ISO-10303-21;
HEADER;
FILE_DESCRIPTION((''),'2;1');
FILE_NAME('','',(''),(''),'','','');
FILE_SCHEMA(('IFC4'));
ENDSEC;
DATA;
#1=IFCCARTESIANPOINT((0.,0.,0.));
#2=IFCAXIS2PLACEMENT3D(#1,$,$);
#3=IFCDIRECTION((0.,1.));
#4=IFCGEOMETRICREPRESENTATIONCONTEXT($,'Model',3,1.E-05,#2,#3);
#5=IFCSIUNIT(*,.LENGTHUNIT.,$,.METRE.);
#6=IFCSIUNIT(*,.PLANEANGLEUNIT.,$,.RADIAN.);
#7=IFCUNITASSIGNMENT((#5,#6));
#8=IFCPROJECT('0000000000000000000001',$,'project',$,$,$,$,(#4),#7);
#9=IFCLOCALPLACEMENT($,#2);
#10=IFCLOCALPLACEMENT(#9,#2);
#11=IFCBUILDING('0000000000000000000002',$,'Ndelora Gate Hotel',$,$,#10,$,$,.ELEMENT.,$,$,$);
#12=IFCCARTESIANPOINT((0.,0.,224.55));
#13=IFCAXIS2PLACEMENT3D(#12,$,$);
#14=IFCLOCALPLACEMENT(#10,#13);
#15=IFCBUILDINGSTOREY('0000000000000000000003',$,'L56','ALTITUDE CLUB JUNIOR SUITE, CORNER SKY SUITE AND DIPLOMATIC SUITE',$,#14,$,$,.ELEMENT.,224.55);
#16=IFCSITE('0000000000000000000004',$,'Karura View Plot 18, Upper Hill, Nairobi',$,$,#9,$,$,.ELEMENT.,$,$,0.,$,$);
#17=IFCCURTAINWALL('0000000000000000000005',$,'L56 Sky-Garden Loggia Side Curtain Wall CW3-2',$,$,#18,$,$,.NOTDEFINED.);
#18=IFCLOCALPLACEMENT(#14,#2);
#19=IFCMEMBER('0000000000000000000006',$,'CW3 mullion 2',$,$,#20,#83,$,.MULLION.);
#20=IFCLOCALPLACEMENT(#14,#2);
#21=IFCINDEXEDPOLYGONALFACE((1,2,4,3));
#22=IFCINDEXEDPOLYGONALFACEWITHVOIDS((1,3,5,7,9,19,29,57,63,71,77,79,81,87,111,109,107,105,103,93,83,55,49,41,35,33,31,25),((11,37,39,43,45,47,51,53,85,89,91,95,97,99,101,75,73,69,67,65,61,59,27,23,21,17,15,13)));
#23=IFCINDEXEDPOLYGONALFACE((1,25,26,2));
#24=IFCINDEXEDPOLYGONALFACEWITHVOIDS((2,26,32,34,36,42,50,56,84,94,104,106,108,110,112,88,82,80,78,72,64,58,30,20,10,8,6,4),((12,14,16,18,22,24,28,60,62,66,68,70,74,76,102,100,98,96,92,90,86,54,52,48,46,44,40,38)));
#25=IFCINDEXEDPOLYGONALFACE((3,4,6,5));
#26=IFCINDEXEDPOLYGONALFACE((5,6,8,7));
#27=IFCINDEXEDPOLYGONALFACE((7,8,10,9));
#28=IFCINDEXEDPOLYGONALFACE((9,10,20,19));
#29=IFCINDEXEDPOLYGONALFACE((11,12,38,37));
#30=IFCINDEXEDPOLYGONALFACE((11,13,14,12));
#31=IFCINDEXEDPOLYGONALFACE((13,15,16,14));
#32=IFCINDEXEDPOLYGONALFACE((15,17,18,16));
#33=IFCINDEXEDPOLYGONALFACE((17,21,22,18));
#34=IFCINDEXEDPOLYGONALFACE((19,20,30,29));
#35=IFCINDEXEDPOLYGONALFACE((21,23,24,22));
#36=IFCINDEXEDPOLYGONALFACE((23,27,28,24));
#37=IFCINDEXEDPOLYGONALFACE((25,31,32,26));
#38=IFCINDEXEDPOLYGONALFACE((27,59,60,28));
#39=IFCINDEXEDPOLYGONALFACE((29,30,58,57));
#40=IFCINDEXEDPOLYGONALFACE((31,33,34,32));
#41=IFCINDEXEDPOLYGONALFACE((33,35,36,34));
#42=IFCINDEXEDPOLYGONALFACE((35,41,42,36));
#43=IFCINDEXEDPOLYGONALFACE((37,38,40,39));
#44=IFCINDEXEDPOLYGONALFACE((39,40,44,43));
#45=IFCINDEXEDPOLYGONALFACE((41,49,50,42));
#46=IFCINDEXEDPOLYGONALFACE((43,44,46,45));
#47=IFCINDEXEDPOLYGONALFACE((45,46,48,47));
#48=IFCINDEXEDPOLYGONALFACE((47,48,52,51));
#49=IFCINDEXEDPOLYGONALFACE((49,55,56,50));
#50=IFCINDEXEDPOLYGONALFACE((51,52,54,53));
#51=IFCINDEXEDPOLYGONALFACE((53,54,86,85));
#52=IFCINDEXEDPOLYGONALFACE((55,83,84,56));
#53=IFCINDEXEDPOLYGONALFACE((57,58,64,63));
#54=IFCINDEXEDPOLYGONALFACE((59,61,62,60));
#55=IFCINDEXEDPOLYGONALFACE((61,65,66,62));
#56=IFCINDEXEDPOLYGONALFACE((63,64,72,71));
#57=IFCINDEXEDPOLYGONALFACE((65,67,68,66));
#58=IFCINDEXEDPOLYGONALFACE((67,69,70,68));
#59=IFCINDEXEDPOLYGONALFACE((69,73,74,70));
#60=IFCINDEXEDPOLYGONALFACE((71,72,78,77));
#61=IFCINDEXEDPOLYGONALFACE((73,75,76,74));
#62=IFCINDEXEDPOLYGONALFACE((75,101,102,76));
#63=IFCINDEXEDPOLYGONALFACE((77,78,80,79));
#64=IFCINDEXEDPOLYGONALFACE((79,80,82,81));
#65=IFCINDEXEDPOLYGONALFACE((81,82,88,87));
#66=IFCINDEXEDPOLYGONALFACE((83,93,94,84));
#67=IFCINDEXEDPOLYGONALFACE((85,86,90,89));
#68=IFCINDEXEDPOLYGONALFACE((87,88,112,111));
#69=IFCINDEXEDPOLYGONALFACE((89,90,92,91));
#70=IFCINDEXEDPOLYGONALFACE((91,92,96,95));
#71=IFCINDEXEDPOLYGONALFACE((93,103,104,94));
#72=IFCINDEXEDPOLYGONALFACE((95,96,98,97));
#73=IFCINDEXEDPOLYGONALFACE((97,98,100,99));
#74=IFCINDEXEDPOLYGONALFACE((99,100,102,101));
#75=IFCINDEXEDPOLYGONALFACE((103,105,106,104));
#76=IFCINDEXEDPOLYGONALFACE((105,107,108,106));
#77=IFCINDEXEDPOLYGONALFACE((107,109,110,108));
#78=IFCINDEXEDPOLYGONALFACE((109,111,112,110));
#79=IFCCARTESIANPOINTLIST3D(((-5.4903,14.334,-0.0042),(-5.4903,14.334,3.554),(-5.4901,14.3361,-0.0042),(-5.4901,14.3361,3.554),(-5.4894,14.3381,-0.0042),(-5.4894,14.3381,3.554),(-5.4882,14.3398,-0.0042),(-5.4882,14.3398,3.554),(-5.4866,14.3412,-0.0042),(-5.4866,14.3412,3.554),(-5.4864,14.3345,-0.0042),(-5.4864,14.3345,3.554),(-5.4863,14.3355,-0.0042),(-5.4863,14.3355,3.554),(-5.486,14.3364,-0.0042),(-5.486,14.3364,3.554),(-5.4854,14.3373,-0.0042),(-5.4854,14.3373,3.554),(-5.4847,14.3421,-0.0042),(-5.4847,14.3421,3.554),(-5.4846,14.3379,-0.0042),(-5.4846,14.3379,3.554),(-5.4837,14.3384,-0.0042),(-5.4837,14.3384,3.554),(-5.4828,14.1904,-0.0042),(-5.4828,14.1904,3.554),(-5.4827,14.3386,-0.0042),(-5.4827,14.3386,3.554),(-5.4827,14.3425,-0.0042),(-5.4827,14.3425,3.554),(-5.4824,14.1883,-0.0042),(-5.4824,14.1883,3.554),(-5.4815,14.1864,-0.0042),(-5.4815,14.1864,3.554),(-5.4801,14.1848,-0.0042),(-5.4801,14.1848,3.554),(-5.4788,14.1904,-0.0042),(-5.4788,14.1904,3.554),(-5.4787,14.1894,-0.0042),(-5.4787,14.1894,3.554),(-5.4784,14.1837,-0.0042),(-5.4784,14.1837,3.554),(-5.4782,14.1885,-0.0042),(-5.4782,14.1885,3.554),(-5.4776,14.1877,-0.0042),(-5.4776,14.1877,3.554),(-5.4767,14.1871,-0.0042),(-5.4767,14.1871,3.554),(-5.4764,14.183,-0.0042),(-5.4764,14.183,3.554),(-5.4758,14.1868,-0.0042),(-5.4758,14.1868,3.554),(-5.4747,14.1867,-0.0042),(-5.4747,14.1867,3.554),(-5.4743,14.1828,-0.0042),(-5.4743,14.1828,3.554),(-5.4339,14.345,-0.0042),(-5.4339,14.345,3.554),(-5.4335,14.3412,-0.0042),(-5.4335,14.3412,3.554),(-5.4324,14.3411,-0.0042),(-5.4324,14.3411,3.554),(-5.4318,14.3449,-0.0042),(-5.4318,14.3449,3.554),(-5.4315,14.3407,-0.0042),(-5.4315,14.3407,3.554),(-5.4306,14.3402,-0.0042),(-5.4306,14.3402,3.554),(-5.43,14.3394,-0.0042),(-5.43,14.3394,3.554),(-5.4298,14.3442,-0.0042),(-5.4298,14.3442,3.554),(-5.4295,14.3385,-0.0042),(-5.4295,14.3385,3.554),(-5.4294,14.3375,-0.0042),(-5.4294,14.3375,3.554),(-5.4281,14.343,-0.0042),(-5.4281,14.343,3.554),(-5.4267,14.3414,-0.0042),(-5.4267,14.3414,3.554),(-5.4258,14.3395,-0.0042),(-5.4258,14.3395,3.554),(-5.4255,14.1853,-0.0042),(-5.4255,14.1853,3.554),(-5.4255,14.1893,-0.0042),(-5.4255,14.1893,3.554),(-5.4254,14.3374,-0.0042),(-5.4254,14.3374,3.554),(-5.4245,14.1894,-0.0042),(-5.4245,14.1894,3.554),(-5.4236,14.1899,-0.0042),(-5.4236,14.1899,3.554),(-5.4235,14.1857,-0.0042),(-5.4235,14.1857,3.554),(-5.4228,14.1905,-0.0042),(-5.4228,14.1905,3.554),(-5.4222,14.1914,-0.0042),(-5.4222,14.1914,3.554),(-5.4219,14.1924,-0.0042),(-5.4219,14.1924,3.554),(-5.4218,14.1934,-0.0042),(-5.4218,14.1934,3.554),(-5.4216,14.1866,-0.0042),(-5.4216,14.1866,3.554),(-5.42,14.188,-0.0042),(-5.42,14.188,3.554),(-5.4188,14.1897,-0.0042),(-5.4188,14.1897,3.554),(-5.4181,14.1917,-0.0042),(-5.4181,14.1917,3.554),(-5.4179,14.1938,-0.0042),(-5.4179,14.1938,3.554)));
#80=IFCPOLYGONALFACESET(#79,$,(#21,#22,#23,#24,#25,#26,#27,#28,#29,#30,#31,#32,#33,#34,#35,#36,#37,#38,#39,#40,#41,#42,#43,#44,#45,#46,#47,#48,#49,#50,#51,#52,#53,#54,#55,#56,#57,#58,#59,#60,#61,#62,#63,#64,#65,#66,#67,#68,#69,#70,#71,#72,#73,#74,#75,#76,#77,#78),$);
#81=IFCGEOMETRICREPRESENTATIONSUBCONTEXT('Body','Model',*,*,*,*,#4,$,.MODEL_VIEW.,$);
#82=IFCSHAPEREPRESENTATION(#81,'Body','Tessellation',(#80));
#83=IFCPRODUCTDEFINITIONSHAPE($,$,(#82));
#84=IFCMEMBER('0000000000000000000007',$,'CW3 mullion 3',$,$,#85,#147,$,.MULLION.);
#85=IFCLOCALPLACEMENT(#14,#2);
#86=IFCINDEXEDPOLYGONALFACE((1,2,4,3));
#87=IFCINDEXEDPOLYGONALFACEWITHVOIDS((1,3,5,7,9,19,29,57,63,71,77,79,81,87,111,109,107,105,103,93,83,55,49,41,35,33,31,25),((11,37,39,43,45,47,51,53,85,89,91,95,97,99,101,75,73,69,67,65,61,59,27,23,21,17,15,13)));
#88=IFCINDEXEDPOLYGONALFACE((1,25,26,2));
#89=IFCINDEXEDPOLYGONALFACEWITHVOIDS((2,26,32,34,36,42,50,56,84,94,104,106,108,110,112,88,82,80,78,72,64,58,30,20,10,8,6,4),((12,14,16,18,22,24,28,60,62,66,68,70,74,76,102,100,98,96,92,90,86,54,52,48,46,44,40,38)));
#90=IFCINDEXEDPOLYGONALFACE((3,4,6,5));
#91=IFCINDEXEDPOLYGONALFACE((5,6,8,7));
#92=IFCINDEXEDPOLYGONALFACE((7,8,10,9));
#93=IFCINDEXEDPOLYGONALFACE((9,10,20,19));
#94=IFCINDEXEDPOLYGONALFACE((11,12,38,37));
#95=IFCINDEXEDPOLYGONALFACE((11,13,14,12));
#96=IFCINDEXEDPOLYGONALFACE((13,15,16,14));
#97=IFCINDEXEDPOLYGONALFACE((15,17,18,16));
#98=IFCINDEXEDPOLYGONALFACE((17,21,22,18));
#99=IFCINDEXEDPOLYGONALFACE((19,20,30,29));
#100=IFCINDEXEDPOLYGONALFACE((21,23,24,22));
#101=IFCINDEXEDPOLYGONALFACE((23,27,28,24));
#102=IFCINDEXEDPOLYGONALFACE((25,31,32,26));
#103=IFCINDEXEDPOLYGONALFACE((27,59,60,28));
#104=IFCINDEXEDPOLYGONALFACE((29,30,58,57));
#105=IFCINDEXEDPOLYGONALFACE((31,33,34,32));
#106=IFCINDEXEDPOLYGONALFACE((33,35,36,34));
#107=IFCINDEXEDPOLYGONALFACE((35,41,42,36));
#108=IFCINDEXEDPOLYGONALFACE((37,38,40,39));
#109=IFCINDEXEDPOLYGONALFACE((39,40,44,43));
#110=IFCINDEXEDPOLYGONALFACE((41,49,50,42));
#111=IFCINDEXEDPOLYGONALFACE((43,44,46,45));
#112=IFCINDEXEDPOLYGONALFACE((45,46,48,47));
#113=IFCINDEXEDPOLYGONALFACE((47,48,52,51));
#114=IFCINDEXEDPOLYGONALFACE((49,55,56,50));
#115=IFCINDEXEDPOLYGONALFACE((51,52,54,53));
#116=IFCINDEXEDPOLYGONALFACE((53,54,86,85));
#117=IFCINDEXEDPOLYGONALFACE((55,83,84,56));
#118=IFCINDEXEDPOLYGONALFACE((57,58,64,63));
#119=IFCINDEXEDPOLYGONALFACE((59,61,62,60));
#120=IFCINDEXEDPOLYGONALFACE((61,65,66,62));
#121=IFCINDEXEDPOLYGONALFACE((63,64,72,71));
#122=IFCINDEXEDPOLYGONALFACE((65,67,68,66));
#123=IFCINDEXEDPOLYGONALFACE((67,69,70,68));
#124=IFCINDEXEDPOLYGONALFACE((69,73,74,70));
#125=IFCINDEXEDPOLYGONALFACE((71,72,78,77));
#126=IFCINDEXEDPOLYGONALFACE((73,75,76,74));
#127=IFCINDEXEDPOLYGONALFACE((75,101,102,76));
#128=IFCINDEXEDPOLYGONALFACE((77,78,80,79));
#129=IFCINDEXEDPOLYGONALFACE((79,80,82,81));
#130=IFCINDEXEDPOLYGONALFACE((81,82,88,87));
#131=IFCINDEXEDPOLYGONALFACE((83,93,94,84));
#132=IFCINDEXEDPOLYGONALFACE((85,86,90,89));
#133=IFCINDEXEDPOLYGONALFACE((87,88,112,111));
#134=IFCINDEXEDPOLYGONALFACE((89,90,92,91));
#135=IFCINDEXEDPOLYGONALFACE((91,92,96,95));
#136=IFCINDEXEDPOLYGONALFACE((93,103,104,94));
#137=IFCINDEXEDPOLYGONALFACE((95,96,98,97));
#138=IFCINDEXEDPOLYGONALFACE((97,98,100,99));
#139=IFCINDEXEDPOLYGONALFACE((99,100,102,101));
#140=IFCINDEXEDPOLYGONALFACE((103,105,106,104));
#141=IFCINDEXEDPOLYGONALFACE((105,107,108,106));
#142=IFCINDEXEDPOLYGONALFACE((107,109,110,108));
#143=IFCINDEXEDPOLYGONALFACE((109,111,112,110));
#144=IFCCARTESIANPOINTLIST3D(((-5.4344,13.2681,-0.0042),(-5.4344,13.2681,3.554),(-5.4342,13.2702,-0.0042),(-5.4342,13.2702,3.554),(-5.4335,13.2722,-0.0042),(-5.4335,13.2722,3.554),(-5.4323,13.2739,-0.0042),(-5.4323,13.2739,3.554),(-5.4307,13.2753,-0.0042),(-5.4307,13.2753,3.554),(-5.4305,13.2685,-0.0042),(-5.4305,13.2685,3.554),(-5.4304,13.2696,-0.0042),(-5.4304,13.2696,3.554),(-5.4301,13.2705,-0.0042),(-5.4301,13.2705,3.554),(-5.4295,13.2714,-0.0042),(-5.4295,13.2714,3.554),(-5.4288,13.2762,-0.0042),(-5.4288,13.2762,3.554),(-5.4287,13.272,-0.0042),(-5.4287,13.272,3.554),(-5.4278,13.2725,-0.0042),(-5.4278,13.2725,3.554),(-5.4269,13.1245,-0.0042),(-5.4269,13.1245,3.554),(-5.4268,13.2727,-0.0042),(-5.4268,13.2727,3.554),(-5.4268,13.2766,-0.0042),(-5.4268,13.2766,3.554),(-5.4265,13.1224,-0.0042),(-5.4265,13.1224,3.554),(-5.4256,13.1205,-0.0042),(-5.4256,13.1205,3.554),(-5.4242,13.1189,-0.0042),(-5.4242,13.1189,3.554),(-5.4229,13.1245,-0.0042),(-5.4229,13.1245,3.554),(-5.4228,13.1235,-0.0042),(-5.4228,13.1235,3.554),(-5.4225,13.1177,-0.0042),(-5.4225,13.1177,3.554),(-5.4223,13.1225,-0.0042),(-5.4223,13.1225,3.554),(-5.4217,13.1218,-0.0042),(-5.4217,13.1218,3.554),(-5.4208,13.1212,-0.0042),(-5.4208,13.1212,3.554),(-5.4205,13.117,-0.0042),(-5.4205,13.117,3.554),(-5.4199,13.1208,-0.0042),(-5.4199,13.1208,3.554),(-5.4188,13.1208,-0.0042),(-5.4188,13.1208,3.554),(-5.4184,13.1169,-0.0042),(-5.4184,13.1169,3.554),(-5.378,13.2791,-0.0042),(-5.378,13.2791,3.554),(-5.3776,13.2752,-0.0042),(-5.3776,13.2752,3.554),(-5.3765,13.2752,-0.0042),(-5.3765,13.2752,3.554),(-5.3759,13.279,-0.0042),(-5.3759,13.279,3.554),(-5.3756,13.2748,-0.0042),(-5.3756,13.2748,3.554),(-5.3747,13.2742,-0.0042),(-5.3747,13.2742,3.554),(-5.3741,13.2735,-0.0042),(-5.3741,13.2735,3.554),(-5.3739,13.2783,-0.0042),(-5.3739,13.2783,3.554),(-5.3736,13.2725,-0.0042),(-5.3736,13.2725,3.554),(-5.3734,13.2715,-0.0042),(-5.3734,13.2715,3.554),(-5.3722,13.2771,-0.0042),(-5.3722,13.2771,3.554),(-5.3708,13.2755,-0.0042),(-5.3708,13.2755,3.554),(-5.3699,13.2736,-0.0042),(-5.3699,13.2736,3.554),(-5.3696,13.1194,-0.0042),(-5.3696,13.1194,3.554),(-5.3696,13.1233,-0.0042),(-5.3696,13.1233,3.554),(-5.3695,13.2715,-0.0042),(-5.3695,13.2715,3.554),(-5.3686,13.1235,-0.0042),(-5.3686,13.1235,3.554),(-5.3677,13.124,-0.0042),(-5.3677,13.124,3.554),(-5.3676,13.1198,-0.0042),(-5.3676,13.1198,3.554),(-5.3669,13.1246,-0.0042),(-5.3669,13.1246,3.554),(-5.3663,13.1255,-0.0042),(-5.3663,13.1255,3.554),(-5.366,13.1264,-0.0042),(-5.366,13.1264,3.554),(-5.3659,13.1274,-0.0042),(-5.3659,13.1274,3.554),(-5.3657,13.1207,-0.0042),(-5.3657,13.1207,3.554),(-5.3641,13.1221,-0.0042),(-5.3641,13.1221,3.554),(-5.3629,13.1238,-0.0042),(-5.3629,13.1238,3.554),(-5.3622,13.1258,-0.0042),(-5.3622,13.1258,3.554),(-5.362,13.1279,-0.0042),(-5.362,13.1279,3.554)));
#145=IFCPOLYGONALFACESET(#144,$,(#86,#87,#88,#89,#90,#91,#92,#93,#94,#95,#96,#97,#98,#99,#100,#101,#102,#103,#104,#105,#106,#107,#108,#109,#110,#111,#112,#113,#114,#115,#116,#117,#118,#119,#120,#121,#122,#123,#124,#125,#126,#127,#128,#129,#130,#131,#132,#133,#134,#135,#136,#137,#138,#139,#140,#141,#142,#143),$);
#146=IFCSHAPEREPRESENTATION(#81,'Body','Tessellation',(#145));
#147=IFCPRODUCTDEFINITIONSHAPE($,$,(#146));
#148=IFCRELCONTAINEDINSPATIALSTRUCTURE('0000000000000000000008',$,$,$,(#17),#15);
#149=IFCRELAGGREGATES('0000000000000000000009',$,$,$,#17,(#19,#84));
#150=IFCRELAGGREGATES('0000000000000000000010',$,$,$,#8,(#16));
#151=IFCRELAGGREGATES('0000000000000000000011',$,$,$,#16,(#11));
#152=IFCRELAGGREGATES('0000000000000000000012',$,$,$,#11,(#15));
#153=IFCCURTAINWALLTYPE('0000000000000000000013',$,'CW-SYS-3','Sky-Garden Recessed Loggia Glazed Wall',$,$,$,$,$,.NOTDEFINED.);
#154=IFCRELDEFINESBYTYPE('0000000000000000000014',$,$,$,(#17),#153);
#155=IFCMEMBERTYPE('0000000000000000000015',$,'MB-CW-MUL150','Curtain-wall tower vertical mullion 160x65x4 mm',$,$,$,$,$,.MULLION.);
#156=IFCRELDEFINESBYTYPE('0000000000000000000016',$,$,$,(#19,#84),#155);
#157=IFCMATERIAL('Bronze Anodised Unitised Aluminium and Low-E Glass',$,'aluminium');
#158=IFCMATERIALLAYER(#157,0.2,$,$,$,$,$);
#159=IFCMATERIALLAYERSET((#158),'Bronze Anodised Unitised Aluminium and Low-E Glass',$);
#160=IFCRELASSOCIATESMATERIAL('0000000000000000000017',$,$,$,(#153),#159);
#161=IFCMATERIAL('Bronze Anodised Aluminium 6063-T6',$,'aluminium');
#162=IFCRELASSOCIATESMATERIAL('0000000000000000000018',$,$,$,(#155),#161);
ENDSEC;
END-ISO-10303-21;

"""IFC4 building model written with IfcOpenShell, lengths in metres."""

from ifc_helpers import new_model, si_unit, direction, frame, origin, origin_2d, place, context, subcontext, project, spatial, hollow_rectangle, extrude, material, layer, layer_set, material_profile, profile_set, type_object, element, aggregate, save


model = new_model("IFC4")

# Units and contexts
model_context = context("Model", 3, precision=1e-05, world=origin(), true_north=direction((0.0, 1.0)))
body_context = subcontext(model_context, "Body", "Model", "MODEL_VIEW")
ifc_project = project(units=[si_unit("LENGTHUNIT", "METRE"), si_unit("PLANEANGLEUNIT", "RADIAN")], contexts=[model_context])

# Site, building, storey
site_placement = place(None, origin())
site = spatial("IfcSite", under=ifc_project, at=site_placement, Name="Karura View Plot 18, Upper Hill, Nairobi", CompositionType="ELEMENT", RefElevation=0.0)
building_placement = place(site_placement, origin())
building = spatial("IfcBuilding", under=site, at=building_placement, Name="Ndelora Gate Hotel", CompositionType="ELEMENT")
storey_placement = place(building_placement, frame((0.0, 0.0, 224.55)))
storey = spatial("IfcBuildingStorey", under=building, at=storey_placement, Name="L56", Description="ALTITUDE CLUB JUNIOR SUITE, CORNER SKY SUITE AND DIPLOMATIC SUITE", CompositionType="ELEMENT", Elevation=224.55)

# Curtain wall, members
ifc_material_1 = material(Name="Bronze Anodised Unitised Aluminium and Low-E Glass", Category="aluminium")
ifc_layer_1 = layer(ifc_material_1, 0.2)
ifc_layer_set_1 = layer_set([ifc_layer_1], Name="Bronze Anodised Unitised Aluminium and Low-E Glass")
curtain_wall_type = type_object("IfcCurtainWallType", Name="CW-SYS-3", Description="Sky-Garden Recessed Loggia Glazed Wall", PredefinedType="NOTDEFINED", material=ifc_layer_set_1)
curtain_wall_placement = place(storey_placement, origin())
curtain_wall = element("IfcCurtainWall", 1, at=curtain_wall_placement, inside=storey, type_object=curtain_wall_type, Name="L56 Sky-Garden Loggia Side Curtain Wall CW3-2", PredefinedType="NOTDEFINED")
ifc_material_2 = material(Name="Bronze Anodised Aluminium 6063-T6", Category="aluminium")
ifc_material_profile_1 = material_profile(ifc_material_2, hollow_rectangle(XDim=0.0649, YDim=0.1599, WallThickness=0.0039, InnerFilletRadius=0.0039, OuterFilletRadius=0.0081, at=origin_2d()), Name="ALU 160x65x4")
ifc_profile_set_1 = profile_set([ifc_material_profile_1], Name="Bronze Anodised Aluminium 6063-T6")
member_type_1 = type_object("IfcMemberType", Name="MB-CW-MUL150", Description="Curtain-wall tower vertical mullion 160x65x4 mm", PredefinedType="MULLION", material=ifc_profile_set_1)
member_1_placement = place(storey_placement, frame((-5.4541, 14.2639, -0.0042), z_axis=(0.0, 0.0, 1.0), x_axis=(0.998628, 0.052363, 0.0)))
member_1 = element("IfcMember", 2, at=member_1_placement, type_object=member_type_1, Name="CW3 mullion 2", PredefinedType="MULLION", context=body_context, shape_type="SweptSolid", body=[
    extrude(hollow_rectangle(XDim=0.0649, YDim=0.1599, WallThickness=0.0039, InnerFilletRadius=0.0039, OuterFilletRadius=0.0081, at=origin_2d()), origin(), (0.0, 0.0, 1.0), 3.5581),
])
member_2_placement = place(storey_placement, frame((-5.3982, 13.198, -0.0042), z_axis=(0.0, 0.0, 1.0), x_axis=(0.998628, 0.052363, 0.0)))
member_2 = element("IfcMember", 3, at=member_2_placement, type_object=member_type_1, Name="CW3 mullion 3", PredefinedType="MULLION", context=body_context, shape_type="SweptSolid", body=[
    extrude(hollow_rectangle(XDim=0.0649, YDim=0.1599, WallThickness=0.0039, InnerFilletRadius=0.0039, OuterFilletRadius=0.0081, at=origin_2d()), origin(), (0.0, 0.0, 1.0), 3.5581),
])
aggregate(curtain_wall, [member_1, member_2])

save(model, "model.ifc")
